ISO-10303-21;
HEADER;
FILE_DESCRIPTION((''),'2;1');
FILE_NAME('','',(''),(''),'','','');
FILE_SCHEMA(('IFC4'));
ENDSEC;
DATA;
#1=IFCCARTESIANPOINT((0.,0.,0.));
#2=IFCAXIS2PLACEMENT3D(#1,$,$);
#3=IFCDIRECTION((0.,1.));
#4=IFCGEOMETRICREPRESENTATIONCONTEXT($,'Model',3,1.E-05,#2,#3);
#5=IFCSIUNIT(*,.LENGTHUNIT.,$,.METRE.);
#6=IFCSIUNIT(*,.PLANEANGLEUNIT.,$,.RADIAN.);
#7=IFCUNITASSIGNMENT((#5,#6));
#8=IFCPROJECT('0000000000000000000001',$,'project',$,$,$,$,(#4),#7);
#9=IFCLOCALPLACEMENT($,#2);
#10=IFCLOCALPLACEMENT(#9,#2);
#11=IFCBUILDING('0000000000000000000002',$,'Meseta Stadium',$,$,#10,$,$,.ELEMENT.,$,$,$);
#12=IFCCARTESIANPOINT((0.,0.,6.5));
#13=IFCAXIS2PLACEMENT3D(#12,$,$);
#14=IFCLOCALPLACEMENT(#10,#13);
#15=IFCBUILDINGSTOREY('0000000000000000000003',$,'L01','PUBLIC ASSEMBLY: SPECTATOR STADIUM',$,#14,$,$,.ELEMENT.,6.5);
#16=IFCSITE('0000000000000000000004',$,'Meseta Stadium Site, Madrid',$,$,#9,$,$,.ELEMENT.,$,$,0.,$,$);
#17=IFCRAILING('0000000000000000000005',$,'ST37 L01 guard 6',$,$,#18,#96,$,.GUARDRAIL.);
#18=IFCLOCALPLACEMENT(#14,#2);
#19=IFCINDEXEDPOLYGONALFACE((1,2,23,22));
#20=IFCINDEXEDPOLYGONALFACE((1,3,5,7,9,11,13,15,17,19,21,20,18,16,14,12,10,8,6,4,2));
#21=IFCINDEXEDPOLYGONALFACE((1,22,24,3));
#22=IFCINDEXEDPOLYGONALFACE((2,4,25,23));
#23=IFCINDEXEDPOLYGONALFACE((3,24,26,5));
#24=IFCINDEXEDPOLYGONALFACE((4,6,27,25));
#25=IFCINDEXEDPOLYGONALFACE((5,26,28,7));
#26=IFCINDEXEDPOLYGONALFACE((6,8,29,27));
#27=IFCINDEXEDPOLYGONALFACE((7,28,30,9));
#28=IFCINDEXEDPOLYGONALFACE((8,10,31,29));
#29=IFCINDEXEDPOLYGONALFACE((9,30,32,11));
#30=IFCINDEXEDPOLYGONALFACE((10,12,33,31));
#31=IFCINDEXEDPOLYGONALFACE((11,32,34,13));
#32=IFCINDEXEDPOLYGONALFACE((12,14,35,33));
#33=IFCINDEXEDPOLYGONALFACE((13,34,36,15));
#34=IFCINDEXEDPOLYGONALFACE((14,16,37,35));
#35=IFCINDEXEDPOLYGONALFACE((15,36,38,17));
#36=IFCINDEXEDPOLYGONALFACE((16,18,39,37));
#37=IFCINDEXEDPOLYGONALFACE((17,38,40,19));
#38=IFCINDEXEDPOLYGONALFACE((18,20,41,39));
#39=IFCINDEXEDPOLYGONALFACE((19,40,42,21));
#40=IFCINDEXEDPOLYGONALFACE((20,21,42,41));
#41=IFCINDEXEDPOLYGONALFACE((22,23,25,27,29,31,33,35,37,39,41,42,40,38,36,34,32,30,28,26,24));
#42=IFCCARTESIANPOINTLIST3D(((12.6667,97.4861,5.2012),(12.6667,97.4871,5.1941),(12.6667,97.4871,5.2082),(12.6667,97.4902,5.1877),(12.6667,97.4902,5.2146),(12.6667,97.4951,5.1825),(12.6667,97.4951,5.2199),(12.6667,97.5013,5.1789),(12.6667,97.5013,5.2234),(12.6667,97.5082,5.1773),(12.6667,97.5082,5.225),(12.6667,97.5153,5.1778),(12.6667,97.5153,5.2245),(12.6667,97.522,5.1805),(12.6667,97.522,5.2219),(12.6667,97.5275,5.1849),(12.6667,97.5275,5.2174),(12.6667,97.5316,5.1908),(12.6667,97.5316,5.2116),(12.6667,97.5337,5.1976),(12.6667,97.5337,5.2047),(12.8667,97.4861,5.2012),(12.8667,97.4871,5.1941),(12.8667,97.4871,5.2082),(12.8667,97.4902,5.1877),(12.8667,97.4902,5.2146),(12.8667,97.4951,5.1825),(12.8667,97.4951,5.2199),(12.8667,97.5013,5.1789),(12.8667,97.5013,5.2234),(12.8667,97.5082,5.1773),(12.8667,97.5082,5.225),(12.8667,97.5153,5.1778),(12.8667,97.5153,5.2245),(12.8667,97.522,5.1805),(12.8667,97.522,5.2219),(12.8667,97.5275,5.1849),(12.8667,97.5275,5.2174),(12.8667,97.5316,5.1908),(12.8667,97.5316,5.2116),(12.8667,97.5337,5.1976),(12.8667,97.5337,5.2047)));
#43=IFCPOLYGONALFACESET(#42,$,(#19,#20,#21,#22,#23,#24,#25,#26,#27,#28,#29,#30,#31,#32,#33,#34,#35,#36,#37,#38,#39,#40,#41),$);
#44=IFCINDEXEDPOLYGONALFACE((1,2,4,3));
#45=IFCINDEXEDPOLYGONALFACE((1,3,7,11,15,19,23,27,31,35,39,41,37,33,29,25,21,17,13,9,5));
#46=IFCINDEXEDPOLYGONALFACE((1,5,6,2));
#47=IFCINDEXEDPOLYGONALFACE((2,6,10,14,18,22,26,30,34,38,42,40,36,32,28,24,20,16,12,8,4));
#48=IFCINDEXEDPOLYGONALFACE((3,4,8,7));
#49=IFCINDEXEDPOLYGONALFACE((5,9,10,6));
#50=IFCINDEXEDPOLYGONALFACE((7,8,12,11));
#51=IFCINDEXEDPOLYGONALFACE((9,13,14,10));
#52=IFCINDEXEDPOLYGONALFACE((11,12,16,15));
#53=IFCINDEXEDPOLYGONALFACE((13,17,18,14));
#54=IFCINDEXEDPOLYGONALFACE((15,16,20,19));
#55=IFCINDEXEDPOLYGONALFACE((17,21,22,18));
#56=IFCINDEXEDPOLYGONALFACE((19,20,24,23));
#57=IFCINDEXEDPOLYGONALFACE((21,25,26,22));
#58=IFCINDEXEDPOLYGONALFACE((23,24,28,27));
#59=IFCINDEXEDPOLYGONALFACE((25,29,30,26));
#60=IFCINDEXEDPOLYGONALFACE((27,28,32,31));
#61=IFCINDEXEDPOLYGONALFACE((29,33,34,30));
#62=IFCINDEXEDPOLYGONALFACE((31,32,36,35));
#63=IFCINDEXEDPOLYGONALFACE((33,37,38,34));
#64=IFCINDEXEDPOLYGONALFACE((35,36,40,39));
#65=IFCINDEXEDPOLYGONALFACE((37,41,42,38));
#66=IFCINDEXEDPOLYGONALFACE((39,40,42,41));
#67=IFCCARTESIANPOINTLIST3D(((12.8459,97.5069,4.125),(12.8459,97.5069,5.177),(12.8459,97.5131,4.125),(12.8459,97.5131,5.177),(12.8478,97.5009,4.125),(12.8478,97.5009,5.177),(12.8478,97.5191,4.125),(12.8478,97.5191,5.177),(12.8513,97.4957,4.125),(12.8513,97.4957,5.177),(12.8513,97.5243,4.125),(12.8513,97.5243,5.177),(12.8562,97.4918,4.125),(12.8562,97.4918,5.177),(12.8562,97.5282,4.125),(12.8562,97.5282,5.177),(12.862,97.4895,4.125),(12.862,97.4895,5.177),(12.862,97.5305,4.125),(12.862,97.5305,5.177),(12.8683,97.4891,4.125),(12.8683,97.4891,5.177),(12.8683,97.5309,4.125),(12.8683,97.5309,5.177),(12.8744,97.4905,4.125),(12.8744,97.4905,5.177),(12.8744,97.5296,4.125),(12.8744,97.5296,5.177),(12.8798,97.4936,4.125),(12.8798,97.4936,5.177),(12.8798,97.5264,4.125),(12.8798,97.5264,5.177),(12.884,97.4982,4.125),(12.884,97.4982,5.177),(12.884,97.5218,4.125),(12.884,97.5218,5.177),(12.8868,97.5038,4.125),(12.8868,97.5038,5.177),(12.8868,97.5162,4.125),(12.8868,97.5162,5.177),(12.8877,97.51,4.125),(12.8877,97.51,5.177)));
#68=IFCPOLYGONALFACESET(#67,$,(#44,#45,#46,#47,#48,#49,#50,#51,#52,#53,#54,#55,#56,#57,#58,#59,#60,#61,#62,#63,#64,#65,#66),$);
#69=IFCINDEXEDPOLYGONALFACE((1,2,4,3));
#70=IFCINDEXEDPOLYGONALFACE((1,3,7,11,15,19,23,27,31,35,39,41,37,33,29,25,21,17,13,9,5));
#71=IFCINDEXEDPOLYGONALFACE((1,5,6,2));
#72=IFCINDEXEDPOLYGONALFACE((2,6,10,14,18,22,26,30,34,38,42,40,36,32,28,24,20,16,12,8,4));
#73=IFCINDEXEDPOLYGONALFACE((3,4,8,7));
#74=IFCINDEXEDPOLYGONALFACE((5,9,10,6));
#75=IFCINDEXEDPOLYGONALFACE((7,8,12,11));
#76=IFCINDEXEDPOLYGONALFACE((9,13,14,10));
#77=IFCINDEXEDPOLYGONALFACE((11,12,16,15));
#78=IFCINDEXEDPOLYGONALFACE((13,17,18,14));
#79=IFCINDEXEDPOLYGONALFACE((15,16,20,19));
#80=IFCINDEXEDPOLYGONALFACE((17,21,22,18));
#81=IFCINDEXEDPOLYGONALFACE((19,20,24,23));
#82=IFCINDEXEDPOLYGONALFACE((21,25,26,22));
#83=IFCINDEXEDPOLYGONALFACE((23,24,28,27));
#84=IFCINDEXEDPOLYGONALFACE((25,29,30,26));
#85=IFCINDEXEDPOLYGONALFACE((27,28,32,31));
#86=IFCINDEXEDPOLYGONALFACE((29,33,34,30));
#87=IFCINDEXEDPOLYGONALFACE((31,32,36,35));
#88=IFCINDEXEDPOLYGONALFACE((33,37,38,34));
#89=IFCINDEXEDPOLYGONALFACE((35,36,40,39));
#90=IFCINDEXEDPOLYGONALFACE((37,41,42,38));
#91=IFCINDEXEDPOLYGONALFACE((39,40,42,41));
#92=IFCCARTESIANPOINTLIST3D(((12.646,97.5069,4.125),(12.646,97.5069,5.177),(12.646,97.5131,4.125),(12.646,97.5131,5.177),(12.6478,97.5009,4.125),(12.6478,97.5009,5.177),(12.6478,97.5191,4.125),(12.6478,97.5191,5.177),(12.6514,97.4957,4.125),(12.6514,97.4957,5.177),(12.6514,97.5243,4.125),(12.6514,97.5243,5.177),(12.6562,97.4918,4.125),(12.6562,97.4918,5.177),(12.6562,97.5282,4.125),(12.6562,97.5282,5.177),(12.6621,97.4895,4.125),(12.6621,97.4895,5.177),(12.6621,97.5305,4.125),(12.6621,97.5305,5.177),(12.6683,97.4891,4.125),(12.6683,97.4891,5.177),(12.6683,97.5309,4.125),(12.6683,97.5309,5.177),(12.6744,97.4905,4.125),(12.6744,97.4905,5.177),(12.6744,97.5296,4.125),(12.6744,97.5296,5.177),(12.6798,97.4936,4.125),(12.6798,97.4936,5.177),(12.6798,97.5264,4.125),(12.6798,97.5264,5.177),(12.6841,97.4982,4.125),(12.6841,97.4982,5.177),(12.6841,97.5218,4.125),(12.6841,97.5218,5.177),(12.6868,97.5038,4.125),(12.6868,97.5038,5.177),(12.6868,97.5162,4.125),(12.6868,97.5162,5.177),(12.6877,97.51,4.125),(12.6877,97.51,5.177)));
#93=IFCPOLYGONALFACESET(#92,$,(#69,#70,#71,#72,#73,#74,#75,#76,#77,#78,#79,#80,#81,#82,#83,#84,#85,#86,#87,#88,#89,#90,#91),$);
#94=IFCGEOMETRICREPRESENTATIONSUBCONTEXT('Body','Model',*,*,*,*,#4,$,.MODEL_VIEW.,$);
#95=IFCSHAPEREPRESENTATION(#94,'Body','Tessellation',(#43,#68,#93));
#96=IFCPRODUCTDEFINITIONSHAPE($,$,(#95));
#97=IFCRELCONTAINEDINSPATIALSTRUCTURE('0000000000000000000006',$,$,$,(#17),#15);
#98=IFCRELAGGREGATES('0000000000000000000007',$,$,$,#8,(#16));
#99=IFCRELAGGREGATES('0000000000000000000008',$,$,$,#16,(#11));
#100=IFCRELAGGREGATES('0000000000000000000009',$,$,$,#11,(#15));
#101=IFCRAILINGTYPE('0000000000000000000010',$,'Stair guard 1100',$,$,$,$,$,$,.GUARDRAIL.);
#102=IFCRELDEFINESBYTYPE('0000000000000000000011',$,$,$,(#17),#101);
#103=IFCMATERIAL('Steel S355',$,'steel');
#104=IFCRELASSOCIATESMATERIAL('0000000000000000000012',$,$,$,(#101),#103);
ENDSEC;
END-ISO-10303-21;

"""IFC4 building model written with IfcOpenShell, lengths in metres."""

from ifc_helpers import new_model, si_unit, direction, frame, origin, origin_2d, place, context, subcontext, project, spatial, circle, extrude, material, type_object, element, save


model = new_model("IFC4")

# Units and contexts
model_context = context("Model", 3, precision=1e-05, world=origin(), true_north=direction((0.0, 1.0)))
body_context = subcontext(model_context, "Body", "Model", "MODEL_VIEW")
ifc_project = project(units=[si_unit("LENGTHUNIT", "METRE"), si_unit("PLANEANGLEUNIT", "RADIAN")], contexts=[model_context])

# Site, building, storey
site_placement = place(None, origin())
site = spatial("IfcSite", under=ifc_project, at=site_placement, Name="Meseta Stadium Site, Madrid", CompositionType="ELEMENT", RefElevation=0.0)
building_placement = place(site_placement, origin())
building = spatial("IfcBuilding", under=site, at=building_placement, Name="Meseta Stadium", CompositionType="ELEMENT")
storey_placement = place(building_placement, frame((0.0, 0.0, 6.5)))
storey = spatial("IfcBuildingStorey", under=building, at=storey_placement, Name="L01", Description="PUBLIC ASSEMBLY: SPECTATOR STADIUM", CompositionType="ELEMENT", Elevation=6.5)

# Railing
ifc_material_1 = material(Name="Steel S355", Category="steel")
railing_type_1 = type_object("IfcRailingType", Name="Stair guard 1100", PredefinedType="GUARDRAIL", material=ifc_material_1)
railing_1_placement = place(storey_placement, frame((12.8667, 97.51, 4.125)))
element("IfcRailing", 1, at=railing_1_placement, inside=storey, type_object=railing_type_1, Name="ST37 L01 guard 6", PredefinedType="GUARDRAIL", context=body_context, shape_type="SweptSolid", body=[
    extrude(circle(Radius=0.0239, at=origin_2d()), frame((0.0, 0.0, 1.0762), z_axis=(-1.0, 0.0, 0.0), x_axis=(0.0, -1.0, 0.0)), (0.0, 0.0, 1.0), 0.2),
    extrude(circle(Radius=0.021, at=origin_2d()), origin(), (0.0, 0.0, 1.0), 1.052),
    extrude(circle(Radius=0.021, at=origin_2d()), frame((-0.2, 0.0, 0.0)), (0.0, 0.0, 1.0), 1.052),
])

save(model, "model.ifc")
